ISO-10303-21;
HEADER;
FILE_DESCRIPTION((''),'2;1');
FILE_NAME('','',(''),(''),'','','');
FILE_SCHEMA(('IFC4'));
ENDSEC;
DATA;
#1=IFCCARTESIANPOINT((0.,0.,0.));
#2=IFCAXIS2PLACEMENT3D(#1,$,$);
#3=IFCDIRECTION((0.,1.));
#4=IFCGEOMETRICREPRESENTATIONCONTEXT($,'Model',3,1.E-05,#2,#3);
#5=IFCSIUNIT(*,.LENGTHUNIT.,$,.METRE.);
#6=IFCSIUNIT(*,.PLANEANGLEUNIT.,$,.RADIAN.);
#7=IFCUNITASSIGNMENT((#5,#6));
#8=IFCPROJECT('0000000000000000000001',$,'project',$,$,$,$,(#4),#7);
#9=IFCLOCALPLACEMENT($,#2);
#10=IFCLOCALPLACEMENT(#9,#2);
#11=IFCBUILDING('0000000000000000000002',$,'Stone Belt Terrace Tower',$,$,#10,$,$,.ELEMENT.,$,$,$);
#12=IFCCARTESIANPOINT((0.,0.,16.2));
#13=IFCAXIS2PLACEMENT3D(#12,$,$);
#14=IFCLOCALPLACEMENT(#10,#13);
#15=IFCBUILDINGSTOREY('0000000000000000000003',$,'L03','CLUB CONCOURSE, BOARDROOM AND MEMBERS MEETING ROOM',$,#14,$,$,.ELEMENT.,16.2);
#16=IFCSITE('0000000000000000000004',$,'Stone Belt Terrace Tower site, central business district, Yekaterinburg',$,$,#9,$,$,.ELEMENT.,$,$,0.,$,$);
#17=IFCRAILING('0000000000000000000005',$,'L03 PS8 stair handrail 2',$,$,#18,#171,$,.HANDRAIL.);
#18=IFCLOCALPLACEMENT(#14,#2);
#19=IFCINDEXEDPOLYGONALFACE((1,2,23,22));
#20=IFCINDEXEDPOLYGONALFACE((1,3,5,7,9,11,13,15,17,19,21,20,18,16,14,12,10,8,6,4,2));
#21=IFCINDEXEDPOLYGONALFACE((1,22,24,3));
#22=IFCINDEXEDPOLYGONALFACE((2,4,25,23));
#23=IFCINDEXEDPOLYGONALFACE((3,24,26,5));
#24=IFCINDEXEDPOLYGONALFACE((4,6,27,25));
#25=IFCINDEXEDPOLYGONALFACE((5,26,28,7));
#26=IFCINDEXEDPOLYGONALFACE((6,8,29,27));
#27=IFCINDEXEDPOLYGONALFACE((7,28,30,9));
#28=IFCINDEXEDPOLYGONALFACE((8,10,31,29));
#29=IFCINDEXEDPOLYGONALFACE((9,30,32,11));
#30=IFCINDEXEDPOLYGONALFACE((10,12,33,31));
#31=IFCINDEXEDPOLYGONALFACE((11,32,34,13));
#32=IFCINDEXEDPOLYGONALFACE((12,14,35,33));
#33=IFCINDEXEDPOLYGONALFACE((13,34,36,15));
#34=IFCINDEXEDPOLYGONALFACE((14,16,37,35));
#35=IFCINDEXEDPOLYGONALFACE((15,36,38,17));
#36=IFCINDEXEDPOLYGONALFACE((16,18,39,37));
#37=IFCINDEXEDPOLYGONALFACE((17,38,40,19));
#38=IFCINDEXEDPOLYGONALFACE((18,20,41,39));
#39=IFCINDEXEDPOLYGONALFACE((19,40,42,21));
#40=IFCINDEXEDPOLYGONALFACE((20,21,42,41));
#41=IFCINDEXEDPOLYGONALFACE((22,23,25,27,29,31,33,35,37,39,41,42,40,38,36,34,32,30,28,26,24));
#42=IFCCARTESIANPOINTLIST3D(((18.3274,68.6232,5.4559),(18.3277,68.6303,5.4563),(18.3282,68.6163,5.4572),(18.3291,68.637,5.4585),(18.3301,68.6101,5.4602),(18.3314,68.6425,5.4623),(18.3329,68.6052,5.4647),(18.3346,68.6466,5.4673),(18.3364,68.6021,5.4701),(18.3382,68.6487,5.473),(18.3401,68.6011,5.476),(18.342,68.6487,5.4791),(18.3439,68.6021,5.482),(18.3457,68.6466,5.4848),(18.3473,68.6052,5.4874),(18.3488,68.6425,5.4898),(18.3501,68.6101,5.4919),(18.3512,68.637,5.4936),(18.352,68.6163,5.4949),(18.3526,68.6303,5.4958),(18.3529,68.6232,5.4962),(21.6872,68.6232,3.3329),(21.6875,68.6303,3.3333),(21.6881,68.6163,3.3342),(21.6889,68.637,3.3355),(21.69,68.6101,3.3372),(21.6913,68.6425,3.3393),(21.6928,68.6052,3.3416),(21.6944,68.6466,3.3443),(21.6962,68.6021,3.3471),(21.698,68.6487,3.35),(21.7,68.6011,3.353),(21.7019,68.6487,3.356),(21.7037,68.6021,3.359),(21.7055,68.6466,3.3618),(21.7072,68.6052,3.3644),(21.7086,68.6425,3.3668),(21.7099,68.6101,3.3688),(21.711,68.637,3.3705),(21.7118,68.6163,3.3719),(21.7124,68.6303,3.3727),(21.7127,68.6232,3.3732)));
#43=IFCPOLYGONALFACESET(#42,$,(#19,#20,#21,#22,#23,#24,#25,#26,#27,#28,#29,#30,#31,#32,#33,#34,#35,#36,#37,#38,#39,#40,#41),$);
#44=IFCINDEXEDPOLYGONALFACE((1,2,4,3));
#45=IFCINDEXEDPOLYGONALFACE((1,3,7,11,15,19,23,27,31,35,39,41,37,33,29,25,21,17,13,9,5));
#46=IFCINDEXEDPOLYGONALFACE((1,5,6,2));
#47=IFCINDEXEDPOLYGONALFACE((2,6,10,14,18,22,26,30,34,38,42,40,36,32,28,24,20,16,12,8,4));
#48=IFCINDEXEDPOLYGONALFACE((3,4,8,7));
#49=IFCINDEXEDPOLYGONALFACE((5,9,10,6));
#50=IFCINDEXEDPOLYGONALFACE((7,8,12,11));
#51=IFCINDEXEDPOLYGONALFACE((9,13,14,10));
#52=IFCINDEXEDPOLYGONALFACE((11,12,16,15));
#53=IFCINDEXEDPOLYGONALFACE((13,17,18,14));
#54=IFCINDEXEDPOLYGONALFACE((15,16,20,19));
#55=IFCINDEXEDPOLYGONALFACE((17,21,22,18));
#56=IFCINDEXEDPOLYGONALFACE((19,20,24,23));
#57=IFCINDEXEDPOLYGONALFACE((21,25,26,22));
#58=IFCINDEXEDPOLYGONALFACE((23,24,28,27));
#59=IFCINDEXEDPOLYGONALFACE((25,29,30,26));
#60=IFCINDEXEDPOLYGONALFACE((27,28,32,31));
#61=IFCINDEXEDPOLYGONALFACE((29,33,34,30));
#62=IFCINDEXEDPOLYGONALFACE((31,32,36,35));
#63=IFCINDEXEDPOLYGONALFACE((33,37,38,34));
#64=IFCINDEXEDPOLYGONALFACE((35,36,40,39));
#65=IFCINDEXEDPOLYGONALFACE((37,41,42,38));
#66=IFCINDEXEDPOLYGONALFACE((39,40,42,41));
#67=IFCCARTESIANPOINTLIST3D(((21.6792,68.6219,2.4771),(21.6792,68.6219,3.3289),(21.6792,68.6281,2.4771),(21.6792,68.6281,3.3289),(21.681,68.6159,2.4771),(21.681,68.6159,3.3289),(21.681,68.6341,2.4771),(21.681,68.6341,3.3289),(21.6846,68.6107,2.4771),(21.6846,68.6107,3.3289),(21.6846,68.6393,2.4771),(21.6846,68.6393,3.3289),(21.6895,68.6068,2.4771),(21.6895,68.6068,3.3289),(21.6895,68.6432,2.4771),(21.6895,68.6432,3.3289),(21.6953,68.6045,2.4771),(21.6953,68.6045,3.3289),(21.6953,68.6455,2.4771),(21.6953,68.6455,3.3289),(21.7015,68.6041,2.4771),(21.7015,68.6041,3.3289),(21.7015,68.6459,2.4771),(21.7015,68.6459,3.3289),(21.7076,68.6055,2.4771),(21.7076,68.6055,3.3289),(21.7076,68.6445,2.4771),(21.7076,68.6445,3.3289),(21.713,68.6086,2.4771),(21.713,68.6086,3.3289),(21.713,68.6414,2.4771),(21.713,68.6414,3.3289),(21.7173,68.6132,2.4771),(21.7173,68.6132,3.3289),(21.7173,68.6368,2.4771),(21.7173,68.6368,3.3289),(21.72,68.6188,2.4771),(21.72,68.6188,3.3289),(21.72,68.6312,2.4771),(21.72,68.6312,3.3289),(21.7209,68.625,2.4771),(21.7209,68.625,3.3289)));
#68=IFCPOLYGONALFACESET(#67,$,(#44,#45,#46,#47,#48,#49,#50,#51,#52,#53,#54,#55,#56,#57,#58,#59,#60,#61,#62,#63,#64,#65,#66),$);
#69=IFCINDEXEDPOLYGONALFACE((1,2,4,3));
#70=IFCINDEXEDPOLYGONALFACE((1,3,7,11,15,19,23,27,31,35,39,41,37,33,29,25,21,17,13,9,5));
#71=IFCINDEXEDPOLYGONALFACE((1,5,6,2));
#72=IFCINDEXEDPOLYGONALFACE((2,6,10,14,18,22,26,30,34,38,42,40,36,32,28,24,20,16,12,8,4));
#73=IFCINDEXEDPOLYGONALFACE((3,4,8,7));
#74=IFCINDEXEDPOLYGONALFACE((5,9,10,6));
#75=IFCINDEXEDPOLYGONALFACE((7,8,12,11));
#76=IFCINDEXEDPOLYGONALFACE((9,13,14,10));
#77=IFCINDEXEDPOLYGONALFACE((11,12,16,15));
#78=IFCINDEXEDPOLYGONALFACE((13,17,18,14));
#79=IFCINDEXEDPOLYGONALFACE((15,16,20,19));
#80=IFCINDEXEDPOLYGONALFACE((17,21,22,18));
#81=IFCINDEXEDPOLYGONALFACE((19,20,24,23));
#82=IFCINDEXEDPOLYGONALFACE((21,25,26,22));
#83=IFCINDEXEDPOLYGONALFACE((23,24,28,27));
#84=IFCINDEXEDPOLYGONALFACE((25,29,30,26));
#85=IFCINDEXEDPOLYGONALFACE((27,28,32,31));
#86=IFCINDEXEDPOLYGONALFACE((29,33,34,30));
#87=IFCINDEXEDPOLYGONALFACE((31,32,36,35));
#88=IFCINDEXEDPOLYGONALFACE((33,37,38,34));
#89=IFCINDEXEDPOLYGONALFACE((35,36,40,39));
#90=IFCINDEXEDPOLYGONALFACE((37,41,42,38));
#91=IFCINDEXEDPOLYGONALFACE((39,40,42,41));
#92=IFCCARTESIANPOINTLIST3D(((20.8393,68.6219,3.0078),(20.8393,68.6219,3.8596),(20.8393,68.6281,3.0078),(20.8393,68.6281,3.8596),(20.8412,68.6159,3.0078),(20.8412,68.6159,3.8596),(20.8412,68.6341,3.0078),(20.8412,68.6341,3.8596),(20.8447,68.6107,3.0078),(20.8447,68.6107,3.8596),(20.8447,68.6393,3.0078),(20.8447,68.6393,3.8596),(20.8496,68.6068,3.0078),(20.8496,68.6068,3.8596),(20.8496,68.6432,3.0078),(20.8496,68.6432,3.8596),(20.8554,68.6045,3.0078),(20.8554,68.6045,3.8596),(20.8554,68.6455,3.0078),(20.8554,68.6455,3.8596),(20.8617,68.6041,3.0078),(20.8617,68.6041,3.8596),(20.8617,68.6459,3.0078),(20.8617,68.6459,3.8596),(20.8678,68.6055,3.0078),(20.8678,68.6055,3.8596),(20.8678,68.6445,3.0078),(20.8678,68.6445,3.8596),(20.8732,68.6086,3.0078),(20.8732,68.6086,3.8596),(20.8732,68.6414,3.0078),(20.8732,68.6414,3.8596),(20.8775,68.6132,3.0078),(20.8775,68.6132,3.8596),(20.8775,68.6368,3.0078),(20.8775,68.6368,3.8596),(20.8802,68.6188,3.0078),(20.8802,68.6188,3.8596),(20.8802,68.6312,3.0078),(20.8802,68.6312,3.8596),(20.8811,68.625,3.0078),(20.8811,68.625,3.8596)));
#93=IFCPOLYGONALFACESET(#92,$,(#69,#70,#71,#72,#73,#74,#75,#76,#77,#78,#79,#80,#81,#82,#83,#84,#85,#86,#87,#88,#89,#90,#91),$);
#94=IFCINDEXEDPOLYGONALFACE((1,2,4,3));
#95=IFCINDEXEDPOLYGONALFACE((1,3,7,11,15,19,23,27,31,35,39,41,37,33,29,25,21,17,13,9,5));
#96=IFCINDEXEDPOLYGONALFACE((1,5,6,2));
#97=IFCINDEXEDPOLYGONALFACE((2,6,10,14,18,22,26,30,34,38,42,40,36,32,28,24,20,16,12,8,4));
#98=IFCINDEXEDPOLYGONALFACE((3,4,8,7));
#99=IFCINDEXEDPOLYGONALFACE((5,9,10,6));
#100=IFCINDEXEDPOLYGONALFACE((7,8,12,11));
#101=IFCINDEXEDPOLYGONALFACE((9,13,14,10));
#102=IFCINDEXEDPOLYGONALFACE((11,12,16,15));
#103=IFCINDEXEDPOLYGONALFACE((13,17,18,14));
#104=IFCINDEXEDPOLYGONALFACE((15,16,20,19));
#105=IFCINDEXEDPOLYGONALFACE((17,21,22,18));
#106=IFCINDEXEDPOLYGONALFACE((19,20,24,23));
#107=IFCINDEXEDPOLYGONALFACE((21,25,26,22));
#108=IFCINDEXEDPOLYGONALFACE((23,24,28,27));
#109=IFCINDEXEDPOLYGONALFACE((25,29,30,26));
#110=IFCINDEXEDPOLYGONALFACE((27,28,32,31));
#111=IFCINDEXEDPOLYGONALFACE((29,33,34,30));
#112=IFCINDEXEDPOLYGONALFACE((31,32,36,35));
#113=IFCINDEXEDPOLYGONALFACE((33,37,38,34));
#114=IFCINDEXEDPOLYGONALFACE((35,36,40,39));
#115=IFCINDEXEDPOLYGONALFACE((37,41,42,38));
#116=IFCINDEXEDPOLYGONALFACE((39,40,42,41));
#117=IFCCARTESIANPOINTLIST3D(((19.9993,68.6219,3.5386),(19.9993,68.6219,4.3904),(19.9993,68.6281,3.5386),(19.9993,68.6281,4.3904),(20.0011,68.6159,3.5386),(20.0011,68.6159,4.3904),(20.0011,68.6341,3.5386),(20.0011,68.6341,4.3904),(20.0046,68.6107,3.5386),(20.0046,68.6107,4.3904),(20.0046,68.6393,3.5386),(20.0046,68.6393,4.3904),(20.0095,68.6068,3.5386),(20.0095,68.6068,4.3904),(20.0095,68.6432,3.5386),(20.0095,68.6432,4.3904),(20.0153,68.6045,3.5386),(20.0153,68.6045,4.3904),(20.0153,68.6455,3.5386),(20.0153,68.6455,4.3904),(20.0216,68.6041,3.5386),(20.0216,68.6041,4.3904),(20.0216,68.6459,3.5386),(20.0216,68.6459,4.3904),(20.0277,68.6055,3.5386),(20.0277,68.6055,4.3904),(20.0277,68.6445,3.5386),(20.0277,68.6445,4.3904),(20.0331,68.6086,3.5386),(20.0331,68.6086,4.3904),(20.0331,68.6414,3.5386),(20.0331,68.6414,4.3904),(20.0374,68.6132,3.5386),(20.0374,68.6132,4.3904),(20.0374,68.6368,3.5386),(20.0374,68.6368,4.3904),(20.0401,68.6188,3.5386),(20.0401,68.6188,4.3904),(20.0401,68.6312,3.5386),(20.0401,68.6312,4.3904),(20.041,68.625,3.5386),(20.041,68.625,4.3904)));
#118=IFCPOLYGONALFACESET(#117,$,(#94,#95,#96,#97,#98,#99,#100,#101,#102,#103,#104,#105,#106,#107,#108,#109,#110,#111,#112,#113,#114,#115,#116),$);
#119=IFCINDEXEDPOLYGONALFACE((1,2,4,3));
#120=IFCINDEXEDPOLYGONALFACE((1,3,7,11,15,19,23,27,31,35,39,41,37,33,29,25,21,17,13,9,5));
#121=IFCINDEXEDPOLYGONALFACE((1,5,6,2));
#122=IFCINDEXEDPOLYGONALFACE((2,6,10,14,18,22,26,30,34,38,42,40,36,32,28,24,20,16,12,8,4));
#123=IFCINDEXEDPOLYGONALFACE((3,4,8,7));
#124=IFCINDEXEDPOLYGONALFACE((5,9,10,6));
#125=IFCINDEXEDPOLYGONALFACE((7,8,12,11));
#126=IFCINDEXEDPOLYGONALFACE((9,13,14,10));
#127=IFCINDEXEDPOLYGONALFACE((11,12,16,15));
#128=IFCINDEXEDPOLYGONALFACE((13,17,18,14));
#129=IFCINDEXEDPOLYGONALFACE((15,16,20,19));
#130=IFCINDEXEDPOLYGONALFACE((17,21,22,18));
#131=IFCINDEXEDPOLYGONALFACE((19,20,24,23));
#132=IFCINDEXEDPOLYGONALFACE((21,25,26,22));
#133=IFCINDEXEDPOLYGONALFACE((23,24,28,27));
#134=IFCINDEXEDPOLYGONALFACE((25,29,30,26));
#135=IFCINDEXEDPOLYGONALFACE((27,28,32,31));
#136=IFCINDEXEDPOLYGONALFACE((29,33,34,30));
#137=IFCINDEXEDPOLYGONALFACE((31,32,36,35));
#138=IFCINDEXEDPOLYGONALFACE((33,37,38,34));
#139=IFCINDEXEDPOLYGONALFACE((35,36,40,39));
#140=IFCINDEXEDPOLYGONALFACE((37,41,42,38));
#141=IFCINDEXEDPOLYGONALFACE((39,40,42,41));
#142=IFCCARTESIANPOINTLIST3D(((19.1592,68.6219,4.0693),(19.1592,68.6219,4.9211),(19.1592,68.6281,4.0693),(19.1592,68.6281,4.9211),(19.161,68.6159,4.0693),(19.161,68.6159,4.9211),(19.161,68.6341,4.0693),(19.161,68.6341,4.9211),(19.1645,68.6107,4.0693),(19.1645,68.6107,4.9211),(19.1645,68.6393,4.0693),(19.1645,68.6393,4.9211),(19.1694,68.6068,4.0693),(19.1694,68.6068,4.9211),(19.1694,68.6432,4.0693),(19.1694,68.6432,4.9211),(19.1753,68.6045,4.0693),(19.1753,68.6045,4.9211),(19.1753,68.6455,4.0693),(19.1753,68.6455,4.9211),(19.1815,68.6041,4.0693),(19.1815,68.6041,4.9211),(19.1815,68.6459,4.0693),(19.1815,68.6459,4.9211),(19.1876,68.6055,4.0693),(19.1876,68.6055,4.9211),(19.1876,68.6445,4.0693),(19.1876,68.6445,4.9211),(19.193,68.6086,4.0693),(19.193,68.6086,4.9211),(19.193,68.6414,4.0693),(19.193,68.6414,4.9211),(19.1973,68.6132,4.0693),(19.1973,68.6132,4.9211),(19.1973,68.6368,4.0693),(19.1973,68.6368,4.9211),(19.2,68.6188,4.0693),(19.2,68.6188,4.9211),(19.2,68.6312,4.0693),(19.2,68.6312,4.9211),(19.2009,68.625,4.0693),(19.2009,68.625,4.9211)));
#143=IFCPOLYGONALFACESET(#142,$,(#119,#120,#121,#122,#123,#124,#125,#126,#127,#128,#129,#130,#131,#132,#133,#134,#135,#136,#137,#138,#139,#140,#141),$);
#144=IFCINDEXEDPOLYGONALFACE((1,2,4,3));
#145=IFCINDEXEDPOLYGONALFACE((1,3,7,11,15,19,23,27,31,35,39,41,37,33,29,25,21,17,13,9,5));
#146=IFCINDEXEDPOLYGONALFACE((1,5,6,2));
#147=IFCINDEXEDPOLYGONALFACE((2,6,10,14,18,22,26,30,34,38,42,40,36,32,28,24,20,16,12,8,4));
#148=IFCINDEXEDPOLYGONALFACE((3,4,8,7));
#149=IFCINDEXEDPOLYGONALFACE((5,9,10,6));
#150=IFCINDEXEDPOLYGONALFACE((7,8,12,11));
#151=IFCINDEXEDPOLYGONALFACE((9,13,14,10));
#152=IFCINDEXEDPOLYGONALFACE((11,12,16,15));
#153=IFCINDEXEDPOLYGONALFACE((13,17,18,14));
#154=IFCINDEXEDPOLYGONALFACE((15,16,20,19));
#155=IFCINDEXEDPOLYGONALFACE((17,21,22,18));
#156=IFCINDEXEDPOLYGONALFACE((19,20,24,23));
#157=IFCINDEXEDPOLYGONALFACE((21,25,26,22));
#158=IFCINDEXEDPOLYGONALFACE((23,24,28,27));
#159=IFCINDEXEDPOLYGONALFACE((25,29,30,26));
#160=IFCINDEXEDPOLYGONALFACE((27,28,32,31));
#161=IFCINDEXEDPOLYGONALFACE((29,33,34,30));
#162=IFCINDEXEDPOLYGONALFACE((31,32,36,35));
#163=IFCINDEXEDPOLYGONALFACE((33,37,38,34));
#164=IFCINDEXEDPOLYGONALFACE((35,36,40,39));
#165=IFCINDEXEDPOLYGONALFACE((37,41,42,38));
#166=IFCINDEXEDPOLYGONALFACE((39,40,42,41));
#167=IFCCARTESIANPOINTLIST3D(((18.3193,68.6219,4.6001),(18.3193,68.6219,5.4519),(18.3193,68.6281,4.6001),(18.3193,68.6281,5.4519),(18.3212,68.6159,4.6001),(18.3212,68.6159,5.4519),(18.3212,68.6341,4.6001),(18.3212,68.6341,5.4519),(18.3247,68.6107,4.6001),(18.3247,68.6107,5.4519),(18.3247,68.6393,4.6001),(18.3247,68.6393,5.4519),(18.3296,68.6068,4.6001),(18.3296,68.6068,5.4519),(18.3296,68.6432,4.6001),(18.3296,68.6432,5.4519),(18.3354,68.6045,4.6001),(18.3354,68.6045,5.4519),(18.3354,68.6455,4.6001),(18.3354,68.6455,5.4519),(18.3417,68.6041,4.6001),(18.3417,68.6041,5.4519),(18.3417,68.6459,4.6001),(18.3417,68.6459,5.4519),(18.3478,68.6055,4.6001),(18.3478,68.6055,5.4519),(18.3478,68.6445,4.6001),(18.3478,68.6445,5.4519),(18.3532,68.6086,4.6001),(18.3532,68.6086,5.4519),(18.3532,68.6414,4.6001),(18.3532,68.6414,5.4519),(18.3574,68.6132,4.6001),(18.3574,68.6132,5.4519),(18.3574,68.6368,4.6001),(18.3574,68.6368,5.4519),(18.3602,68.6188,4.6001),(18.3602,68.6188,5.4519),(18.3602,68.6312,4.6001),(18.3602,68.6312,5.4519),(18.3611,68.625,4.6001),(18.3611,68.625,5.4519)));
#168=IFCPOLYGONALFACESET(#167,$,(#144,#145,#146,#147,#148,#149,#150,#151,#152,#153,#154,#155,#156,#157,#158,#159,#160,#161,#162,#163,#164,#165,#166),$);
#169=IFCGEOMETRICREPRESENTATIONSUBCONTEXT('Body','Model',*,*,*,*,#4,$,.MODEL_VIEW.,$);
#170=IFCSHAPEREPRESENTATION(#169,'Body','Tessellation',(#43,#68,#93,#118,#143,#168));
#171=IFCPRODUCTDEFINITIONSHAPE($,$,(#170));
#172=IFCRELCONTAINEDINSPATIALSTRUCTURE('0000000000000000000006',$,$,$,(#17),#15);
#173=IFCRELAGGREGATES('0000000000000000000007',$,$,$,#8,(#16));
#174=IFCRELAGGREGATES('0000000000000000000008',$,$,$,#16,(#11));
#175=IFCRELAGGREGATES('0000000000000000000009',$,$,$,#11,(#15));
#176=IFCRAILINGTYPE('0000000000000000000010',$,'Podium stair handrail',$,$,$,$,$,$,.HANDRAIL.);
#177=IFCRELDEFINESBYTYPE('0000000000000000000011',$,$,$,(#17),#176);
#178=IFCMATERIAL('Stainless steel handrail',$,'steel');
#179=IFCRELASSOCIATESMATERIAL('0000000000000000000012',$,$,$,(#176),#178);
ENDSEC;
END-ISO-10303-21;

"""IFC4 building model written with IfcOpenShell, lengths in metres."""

from ifc_helpers import new_model, si_unit, direction, frame, origin, origin_2d, place, context, subcontext, project, spatial, circle, extrude, material, type_object, element, save


model = new_model("IFC4")

# Units and contexts
model_context = context("Model", 3, precision=1e-05, world=origin(), true_north=direction((0.0, 1.0)))
body_context = subcontext(model_context, "Body", "Model", "MODEL_VIEW")
ifc_project = project(units=[si_unit("LENGTHUNIT", "METRE"), si_unit("PLANEANGLEUNIT", "RADIAN")], contexts=[model_context])

# Site, building, storey
site_placement = place(None, origin())
site = spatial("IfcSite", under=ifc_project, at=site_placement, Name="Stone Belt Terrace Tower site, central business district, Yekaterinburg", CompositionType="ELEMENT", RefElevation=0.0)
building_placement = place(site_placement, origin())
building = spatial("IfcBuilding", under=site, at=building_placement, Name="Stone Belt Terrace Tower", CompositionType="ELEMENT")
storey_placement = place(building_placement, frame((0.0, 0.0, 16.2)))
storey = spatial("IfcBuildingStorey", under=building, at=storey_placement, Name="L03", Description="CLUB CONCOURSE, BOARDROOM AND MEMBERS MEETING ROOM", CompositionType="ELEMENT", Elevation=16.2)

# Railing
ifc_material_1 = material(Name="Stainless steel handrail", Category="steel")
railing_type_1 = type_object("IfcRailingType", Name="Podium stair handrail", PredefinedType="HANDRAIL", material=ifc_material_1)
railing_1_placement = place(storey_placement, frame((21.7, 68.625, 2.4771)))
element("IfcRailing", 1, at=railing_1_placement, inside=storey, type_object=railing_type_1, Name="L03 PS8 stair handrail 2", PredefinedType="HANDRAIL", context=body_context, shape_type="SweptSolid", body=[
    extrude(circle(Radius=0.0239, at=origin_2d()), frame((0.0, 0.0, 0.876), z_axis=(-0.845372, 0.0, 0.534178), x_axis=(0.0, -1.0, 0.0)), (0.0, 0.0, 1.0), 3.9744),
    extrude(circle(Radius=0.021, at=origin_2d()), origin(), (0.0, 0.0, 1.0), 0.8518),
    extrude(circle(Radius=0.021, at=origin_2d()), frame((-0.8398, 0.0, 0.5308)), (0.0, 0.0, 1.0), 0.8518),
    extrude(circle(Radius=0.021, at=origin_2d()), frame((-1.6799, 0.0, 1.0615)), (0.0, 0.0, 1.0), 0.8518),
    extrude(circle(Radius=0.021, at=origin_2d()), frame((-2.52, 0.0, 1.5923)), (0.0, 0.0, 1.0), 0.8518),
    extrude(circle(Radius=0.021, at=origin_2d()), frame((-3.3599, 0.0, 2.123)), (0.0, 0.0, 1.0), 0.8518),
])

save(model, "model.ifc")
